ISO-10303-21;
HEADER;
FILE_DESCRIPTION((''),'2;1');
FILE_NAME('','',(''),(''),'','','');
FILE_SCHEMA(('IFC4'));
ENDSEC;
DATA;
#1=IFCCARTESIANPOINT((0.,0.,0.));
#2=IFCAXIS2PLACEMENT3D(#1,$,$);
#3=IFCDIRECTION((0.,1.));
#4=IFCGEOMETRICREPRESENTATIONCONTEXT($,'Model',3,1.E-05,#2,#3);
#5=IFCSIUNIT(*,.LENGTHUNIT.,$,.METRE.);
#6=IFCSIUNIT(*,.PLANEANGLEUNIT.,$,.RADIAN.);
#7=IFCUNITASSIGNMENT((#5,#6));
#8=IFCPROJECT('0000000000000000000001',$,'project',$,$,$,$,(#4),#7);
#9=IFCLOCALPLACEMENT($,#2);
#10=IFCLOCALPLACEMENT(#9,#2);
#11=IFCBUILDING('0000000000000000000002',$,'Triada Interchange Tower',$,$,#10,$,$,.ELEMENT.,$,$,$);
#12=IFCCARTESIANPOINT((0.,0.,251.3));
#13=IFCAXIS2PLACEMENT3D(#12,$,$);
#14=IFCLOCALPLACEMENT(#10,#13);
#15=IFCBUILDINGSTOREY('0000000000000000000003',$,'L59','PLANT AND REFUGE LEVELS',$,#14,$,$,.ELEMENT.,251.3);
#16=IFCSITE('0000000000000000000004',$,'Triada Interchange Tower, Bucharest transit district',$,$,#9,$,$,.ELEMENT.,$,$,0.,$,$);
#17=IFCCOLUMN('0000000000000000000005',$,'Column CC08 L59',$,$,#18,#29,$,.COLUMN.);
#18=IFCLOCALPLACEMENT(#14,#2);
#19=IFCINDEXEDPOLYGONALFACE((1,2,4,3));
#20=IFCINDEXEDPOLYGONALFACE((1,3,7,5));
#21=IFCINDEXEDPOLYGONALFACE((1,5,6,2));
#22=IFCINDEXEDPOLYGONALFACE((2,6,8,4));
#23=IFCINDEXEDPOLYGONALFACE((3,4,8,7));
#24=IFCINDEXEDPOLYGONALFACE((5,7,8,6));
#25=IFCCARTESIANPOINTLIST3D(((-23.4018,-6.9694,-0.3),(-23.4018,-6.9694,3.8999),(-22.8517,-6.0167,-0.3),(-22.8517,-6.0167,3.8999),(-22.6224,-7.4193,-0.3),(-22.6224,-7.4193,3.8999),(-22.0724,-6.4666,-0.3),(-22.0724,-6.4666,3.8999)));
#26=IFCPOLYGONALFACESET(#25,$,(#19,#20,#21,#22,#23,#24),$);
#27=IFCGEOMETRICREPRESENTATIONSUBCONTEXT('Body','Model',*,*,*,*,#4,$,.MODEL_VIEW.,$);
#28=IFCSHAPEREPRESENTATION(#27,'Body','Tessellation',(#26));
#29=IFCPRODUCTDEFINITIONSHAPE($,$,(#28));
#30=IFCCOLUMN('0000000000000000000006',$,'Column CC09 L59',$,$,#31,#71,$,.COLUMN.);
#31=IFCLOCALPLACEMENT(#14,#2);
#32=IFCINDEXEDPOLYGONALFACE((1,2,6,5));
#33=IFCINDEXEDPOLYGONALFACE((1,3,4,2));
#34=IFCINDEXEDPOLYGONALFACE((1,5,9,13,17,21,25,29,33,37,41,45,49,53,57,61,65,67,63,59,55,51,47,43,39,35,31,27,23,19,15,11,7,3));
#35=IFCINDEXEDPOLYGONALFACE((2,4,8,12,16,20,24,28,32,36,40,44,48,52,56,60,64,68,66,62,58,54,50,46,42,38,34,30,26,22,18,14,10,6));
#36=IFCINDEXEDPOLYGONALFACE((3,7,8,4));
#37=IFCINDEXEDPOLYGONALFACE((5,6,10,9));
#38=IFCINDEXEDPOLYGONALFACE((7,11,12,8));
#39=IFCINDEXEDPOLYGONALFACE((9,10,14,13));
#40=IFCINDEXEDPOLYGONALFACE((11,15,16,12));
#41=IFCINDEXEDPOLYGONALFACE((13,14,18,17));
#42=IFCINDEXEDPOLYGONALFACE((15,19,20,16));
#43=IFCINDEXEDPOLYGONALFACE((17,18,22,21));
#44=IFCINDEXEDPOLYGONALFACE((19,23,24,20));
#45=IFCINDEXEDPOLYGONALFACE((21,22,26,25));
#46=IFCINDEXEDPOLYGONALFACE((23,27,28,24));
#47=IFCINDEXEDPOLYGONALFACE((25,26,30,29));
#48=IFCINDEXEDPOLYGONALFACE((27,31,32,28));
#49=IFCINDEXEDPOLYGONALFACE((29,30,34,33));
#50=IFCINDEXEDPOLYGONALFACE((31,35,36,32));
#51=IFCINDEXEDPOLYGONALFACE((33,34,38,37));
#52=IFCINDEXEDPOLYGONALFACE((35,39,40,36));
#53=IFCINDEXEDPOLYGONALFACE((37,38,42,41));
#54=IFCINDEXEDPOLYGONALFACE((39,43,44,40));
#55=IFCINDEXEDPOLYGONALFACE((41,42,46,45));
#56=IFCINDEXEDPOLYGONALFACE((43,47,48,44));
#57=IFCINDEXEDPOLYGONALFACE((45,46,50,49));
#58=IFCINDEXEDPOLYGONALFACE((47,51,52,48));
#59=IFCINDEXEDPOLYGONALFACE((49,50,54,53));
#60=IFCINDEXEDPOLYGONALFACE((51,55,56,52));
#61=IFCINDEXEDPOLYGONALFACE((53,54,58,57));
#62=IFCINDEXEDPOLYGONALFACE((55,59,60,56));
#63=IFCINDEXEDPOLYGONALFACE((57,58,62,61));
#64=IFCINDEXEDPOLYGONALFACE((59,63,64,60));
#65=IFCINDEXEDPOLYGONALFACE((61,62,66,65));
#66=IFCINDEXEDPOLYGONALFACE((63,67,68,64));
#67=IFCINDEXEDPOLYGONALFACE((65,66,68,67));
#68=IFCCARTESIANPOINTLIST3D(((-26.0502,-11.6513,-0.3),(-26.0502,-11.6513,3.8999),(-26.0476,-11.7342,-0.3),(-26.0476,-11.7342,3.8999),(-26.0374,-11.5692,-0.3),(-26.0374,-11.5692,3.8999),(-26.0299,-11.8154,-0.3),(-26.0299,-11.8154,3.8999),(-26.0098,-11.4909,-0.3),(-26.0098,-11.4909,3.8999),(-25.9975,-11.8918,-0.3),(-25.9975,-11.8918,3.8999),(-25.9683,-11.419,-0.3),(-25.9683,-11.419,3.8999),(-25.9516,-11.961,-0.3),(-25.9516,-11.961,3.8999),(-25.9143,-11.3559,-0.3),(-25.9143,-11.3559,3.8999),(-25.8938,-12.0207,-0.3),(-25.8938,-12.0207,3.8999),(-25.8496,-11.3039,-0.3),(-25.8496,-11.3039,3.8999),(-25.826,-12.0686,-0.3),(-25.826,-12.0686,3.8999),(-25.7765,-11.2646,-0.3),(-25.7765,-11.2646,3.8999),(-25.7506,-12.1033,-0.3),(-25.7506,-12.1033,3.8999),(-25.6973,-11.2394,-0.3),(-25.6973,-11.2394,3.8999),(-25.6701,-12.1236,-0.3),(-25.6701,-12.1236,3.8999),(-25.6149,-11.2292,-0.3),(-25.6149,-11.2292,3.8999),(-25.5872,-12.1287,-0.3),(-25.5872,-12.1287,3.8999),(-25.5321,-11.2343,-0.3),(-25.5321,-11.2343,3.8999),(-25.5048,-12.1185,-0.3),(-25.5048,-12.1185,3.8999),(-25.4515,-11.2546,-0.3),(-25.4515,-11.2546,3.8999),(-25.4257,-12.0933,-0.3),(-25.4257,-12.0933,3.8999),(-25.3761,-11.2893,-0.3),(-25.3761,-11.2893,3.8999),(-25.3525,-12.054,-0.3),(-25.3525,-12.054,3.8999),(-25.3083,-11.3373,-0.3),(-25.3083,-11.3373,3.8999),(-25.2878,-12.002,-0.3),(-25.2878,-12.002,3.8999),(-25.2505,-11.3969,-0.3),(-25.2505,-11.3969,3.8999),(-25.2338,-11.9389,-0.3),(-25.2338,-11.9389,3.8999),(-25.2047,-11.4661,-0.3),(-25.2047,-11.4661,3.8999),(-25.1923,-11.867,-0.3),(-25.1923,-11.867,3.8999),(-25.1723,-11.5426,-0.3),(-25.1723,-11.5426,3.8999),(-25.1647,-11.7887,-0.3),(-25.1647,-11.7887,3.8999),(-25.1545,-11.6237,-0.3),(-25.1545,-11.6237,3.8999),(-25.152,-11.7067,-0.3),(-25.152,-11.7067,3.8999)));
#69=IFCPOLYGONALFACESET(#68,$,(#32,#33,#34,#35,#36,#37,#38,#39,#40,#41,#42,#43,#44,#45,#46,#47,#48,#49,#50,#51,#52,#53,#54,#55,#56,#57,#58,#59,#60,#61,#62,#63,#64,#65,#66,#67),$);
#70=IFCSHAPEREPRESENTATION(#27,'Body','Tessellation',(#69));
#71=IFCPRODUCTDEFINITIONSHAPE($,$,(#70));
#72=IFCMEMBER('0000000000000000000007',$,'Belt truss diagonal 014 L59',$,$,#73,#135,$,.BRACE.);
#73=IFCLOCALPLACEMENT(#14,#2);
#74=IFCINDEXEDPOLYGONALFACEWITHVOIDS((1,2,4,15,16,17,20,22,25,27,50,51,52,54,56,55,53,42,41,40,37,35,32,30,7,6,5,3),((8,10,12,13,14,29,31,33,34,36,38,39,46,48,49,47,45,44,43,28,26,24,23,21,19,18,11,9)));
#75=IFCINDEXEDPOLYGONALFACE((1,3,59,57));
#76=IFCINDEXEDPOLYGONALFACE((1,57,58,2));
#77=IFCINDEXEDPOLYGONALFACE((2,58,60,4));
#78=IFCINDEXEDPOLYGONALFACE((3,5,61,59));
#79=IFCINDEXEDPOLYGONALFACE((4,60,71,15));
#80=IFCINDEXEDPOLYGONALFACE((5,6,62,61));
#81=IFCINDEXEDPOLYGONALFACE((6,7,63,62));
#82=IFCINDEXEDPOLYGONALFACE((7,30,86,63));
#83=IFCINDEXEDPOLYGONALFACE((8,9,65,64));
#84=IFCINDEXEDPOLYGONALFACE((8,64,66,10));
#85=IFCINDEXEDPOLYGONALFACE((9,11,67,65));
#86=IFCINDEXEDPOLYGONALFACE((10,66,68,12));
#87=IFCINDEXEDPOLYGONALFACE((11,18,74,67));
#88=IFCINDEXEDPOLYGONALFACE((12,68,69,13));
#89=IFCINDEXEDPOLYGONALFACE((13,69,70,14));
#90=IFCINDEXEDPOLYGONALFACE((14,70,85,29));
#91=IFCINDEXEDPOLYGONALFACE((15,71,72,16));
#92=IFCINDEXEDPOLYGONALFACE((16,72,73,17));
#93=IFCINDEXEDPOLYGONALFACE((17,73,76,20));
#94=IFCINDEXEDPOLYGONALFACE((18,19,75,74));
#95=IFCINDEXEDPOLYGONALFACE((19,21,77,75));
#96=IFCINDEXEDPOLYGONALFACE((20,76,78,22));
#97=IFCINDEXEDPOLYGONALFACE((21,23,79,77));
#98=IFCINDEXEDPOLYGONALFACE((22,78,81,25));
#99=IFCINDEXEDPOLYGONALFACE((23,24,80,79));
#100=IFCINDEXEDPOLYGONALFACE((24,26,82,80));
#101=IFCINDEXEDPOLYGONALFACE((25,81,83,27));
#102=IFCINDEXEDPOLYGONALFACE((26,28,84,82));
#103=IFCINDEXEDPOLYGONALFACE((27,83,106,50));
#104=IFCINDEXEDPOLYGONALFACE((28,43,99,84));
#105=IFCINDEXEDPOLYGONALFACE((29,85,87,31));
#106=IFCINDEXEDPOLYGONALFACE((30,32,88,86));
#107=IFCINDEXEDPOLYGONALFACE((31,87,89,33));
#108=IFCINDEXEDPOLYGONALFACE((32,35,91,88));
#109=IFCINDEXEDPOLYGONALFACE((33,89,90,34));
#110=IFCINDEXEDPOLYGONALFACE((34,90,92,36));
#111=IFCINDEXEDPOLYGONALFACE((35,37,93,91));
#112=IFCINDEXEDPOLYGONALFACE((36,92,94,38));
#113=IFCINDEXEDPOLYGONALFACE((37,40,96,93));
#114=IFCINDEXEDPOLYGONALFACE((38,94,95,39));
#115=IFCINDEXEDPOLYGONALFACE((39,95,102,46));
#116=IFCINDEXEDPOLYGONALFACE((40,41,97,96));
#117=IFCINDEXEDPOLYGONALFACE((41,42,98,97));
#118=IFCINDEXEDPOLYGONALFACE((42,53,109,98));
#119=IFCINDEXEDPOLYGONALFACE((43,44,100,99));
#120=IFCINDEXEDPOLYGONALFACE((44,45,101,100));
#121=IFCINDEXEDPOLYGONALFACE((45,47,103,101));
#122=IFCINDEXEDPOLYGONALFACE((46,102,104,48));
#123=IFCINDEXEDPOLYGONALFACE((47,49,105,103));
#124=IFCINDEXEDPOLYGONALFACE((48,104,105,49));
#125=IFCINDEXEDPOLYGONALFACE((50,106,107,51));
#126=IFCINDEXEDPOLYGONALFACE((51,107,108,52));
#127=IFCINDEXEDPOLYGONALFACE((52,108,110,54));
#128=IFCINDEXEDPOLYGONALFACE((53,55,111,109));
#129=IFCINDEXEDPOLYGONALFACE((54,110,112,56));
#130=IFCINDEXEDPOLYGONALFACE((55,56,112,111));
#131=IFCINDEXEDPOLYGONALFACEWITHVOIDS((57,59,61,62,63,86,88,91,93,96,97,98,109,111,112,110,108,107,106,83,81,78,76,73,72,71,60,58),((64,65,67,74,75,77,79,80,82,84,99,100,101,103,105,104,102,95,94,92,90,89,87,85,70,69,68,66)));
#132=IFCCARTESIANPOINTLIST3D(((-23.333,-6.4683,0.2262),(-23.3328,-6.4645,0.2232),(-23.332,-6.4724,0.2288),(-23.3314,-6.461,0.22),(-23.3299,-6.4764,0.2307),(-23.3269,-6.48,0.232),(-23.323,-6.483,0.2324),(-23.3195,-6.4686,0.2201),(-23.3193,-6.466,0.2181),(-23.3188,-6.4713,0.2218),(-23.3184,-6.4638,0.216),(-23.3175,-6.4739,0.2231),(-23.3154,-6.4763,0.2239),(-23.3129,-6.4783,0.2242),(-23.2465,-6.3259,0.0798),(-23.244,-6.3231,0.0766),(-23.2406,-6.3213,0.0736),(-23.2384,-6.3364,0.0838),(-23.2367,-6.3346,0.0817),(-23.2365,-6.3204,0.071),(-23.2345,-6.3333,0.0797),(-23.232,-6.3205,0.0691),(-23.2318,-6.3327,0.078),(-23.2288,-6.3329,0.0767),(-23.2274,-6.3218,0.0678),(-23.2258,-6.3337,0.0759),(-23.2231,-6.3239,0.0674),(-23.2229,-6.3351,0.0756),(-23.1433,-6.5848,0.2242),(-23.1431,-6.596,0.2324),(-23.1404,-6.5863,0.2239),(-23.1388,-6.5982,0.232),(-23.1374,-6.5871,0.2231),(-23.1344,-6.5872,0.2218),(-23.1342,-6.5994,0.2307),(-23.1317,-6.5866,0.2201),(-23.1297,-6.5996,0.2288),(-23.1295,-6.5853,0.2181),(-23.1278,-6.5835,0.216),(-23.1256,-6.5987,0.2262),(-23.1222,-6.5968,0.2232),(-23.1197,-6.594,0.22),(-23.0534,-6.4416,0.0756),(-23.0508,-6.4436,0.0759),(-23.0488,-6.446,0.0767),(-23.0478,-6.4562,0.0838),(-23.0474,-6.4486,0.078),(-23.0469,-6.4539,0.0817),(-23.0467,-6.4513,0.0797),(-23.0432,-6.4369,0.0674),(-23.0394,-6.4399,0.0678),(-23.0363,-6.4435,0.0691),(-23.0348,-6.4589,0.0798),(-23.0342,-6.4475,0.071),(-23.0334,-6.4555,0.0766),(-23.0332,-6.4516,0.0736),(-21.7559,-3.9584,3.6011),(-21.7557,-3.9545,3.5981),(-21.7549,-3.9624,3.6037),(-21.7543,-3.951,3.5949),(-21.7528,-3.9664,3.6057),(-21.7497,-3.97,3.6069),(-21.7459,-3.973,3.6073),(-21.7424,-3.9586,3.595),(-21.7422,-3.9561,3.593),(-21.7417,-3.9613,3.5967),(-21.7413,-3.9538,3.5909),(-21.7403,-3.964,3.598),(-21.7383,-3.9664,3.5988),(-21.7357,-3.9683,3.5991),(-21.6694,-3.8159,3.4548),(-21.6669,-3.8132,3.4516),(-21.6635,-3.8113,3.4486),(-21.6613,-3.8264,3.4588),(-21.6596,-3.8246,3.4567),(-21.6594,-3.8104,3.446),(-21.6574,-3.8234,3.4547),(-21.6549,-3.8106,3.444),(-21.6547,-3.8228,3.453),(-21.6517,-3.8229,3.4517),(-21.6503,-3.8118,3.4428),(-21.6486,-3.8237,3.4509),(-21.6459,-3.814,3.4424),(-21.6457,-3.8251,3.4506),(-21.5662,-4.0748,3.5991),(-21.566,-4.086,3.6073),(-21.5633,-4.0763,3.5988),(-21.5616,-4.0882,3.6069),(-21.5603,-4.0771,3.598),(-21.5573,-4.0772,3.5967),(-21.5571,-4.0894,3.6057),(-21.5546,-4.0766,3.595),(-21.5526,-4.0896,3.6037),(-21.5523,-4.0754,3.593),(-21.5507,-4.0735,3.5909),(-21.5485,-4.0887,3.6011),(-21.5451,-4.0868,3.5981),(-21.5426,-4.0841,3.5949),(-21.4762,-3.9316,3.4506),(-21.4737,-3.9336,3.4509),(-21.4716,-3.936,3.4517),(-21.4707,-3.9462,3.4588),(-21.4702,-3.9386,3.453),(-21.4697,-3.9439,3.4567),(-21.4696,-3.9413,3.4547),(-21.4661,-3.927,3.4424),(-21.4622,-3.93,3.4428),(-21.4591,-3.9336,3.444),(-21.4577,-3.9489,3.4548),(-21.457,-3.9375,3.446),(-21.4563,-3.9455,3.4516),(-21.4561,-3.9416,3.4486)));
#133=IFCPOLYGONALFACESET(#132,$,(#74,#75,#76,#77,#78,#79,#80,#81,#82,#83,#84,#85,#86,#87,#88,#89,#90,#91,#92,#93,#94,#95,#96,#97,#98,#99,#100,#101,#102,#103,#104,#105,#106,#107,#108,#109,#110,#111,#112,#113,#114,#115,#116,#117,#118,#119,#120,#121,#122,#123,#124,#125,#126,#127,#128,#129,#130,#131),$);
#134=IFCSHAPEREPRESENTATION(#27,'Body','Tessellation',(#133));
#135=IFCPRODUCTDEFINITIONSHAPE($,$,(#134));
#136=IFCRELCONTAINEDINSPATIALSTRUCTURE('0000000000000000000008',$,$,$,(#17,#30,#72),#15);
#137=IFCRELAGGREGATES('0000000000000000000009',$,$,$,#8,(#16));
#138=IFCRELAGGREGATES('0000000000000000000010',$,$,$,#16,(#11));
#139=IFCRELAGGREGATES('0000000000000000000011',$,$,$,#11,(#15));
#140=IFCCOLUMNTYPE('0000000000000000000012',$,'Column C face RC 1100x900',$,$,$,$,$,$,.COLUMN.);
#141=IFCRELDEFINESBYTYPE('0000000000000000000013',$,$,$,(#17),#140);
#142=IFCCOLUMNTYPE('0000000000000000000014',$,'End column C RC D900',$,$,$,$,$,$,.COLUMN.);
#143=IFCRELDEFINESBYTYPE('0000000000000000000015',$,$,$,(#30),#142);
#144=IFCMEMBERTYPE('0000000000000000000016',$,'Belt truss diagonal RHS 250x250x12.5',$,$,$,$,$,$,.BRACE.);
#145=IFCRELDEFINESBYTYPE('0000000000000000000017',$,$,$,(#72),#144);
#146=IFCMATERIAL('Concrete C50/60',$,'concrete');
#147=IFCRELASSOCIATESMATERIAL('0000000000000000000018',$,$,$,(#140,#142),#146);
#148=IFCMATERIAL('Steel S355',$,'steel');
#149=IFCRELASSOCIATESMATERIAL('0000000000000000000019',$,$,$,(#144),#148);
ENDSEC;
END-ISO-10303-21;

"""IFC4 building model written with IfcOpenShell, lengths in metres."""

from ifc_helpers import new_model, si_unit, direction, frame, origin, origin_2d, place, context, subcontext, project, spatial, rectangle, hollow_rectangle, circle, extrude, material, material_profile, profile_set, type_object, element, save


model = new_model("IFC4")

# Units and contexts
model_context = context("Model", 3, precision=1e-05, world=origin(), true_north=direction((0.0, 1.0)))
body_context = subcontext(model_context, "Body", "Model", "MODEL_VIEW")
ifc_project = project(units=[si_unit("LENGTHUNIT", "METRE"), si_unit("PLANEANGLEUNIT", "RADIAN")], contexts=[model_context])

# Site, building, storey
site_placement = place(None, origin())
site = spatial("IfcSite", under=ifc_project, at=site_placement, Name="Triada Interchange Tower, Bucharest transit district", CompositionType="ELEMENT", RefElevation=0.0)
building_placement = place(site_placement, origin())
building = spatial("IfcBuilding", under=site, at=building_placement, Name="Triada Interchange Tower", CompositionType="ELEMENT")
storey_placement = place(building_placement, frame((0.0, 0.0, 251.3)))
storey = spatial("IfcBuildingStorey", under=building, at=storey_placement, Name="L59", Description="PLANT AND REFUGE LEVELS", CompositionType="ELEMENT", Elevation=251.3)

# Columns
ifc_material_1 = material(Name="Concrete C50/60", Category="concrete")
ifc_material_profile_1 = material_profile(ifc_material_1, rectangle(XDim=1.1001, YDim=0.8999, at=origin_2d()), Name="RC 1100x900")
ifc_profile_set_1 = profile_set([ifc_material_profile_1], Name="Concrete C50/60")
column_type_1 = type_object("IfcColumnType", Name="Column C face RC 1100x900", PredefinedType="COLUMN", material=ifc_profile_set_1)
column_1_placement = place(storey_placement, frame((-22.7371, -6.718, -0.3), z_axis=(0.0, 0.0, 1.0), x_axis=(0.5, 0.866025, 0.0)))
element("IfcColumn", 1, at=column_1_placement, inside=storey, type_object=column_type_1, Name="Column CC08 L59", PredefinedType="COLUMN", context=body_context, shape_type="SweptSolid", body=[
    extrude(rectangle(XDim=1.1001, YDim=0.8999, at=origin_2d()), origin(), (0.0, 0.0, 1.0), 4.2),
])
ifc_material_profile_2 = material_profile(ifc_material_1, circle(Radius=0.45, at=origin_2d()), Name="RC D900")
ifc_profile_set_2 = profile_set([ifc_material_profile_2], Name="Concrete C50/60")
column_type_2 = type_object("IfcColumnType", Name="End column C RC D900", PredefinedType="COLUMN", material=ifc_profile_set_2)
column_2_placement = place(storey_placement, frame((-25.6011, -11.679, -0.3), z_axis=(0.0, 0.0, 1.0), x_axis=(0.5, 0.866025, 0.0)))
element("IfcColumn", 2, at=column_2_placement, inside=storey, type_object=column_type_2, Name="Column CC09 L59", PredefinedType="COLUMN", context=body_context, shape_type="SweptSolid", body=[
    extrude(circle(Radius=0.45, at=origin_2d()), origin(), (0.0, 0.0, 1.0), 4.2),
])

# Member
ifc_material_2 = material(Name="Steel S355", Category="steel")
ifc_material_profile_3 = material_profile(ifc_material_2, hollow_rectangle(XDim=0.25, YDim=0.25, WallThickness=0.0125, InnerFilletRadius=0.0125, OuterFilletRadius=0.0188, at=origin_2d()), Name="RHS 250x250x12.5")
ifc_profile_set_3 = profile_set([ifc_material_profile_3], Name="Steel S355")
member_type = type_object("IfcMemberType", Name="Belt truss diagonal RHS 250x250x12.5", PredefinedType="BRACE", material=ifc_profile_set_3)
member_1_placement = place(storey_placement, frame((-23.1831, -6.46, 0.1499), z_axis=(0.351101, 0.558772, 0.751334), x_axis=(-0.846723, 0.532033, 0.0)))
element("IfcMember", 3, at=member_1_placement, inside=storey, type_object=member_type, Name="Belt truss diagonal 014 L59", PredefinedType="BRACE", context=body_context, shape_type="SweptSolid", body=[
    extrude(hollow_rectangle(XDim=0.25, YDim=0.25, WallThickness=0.0125, InnerFilletRadius=0.0125, OuterFilletRadius=0.0188, at=origin_2d()), origin(), (0.0, 0.0, 1.0), 4.4919),
])

save(model, "model.ifc")
